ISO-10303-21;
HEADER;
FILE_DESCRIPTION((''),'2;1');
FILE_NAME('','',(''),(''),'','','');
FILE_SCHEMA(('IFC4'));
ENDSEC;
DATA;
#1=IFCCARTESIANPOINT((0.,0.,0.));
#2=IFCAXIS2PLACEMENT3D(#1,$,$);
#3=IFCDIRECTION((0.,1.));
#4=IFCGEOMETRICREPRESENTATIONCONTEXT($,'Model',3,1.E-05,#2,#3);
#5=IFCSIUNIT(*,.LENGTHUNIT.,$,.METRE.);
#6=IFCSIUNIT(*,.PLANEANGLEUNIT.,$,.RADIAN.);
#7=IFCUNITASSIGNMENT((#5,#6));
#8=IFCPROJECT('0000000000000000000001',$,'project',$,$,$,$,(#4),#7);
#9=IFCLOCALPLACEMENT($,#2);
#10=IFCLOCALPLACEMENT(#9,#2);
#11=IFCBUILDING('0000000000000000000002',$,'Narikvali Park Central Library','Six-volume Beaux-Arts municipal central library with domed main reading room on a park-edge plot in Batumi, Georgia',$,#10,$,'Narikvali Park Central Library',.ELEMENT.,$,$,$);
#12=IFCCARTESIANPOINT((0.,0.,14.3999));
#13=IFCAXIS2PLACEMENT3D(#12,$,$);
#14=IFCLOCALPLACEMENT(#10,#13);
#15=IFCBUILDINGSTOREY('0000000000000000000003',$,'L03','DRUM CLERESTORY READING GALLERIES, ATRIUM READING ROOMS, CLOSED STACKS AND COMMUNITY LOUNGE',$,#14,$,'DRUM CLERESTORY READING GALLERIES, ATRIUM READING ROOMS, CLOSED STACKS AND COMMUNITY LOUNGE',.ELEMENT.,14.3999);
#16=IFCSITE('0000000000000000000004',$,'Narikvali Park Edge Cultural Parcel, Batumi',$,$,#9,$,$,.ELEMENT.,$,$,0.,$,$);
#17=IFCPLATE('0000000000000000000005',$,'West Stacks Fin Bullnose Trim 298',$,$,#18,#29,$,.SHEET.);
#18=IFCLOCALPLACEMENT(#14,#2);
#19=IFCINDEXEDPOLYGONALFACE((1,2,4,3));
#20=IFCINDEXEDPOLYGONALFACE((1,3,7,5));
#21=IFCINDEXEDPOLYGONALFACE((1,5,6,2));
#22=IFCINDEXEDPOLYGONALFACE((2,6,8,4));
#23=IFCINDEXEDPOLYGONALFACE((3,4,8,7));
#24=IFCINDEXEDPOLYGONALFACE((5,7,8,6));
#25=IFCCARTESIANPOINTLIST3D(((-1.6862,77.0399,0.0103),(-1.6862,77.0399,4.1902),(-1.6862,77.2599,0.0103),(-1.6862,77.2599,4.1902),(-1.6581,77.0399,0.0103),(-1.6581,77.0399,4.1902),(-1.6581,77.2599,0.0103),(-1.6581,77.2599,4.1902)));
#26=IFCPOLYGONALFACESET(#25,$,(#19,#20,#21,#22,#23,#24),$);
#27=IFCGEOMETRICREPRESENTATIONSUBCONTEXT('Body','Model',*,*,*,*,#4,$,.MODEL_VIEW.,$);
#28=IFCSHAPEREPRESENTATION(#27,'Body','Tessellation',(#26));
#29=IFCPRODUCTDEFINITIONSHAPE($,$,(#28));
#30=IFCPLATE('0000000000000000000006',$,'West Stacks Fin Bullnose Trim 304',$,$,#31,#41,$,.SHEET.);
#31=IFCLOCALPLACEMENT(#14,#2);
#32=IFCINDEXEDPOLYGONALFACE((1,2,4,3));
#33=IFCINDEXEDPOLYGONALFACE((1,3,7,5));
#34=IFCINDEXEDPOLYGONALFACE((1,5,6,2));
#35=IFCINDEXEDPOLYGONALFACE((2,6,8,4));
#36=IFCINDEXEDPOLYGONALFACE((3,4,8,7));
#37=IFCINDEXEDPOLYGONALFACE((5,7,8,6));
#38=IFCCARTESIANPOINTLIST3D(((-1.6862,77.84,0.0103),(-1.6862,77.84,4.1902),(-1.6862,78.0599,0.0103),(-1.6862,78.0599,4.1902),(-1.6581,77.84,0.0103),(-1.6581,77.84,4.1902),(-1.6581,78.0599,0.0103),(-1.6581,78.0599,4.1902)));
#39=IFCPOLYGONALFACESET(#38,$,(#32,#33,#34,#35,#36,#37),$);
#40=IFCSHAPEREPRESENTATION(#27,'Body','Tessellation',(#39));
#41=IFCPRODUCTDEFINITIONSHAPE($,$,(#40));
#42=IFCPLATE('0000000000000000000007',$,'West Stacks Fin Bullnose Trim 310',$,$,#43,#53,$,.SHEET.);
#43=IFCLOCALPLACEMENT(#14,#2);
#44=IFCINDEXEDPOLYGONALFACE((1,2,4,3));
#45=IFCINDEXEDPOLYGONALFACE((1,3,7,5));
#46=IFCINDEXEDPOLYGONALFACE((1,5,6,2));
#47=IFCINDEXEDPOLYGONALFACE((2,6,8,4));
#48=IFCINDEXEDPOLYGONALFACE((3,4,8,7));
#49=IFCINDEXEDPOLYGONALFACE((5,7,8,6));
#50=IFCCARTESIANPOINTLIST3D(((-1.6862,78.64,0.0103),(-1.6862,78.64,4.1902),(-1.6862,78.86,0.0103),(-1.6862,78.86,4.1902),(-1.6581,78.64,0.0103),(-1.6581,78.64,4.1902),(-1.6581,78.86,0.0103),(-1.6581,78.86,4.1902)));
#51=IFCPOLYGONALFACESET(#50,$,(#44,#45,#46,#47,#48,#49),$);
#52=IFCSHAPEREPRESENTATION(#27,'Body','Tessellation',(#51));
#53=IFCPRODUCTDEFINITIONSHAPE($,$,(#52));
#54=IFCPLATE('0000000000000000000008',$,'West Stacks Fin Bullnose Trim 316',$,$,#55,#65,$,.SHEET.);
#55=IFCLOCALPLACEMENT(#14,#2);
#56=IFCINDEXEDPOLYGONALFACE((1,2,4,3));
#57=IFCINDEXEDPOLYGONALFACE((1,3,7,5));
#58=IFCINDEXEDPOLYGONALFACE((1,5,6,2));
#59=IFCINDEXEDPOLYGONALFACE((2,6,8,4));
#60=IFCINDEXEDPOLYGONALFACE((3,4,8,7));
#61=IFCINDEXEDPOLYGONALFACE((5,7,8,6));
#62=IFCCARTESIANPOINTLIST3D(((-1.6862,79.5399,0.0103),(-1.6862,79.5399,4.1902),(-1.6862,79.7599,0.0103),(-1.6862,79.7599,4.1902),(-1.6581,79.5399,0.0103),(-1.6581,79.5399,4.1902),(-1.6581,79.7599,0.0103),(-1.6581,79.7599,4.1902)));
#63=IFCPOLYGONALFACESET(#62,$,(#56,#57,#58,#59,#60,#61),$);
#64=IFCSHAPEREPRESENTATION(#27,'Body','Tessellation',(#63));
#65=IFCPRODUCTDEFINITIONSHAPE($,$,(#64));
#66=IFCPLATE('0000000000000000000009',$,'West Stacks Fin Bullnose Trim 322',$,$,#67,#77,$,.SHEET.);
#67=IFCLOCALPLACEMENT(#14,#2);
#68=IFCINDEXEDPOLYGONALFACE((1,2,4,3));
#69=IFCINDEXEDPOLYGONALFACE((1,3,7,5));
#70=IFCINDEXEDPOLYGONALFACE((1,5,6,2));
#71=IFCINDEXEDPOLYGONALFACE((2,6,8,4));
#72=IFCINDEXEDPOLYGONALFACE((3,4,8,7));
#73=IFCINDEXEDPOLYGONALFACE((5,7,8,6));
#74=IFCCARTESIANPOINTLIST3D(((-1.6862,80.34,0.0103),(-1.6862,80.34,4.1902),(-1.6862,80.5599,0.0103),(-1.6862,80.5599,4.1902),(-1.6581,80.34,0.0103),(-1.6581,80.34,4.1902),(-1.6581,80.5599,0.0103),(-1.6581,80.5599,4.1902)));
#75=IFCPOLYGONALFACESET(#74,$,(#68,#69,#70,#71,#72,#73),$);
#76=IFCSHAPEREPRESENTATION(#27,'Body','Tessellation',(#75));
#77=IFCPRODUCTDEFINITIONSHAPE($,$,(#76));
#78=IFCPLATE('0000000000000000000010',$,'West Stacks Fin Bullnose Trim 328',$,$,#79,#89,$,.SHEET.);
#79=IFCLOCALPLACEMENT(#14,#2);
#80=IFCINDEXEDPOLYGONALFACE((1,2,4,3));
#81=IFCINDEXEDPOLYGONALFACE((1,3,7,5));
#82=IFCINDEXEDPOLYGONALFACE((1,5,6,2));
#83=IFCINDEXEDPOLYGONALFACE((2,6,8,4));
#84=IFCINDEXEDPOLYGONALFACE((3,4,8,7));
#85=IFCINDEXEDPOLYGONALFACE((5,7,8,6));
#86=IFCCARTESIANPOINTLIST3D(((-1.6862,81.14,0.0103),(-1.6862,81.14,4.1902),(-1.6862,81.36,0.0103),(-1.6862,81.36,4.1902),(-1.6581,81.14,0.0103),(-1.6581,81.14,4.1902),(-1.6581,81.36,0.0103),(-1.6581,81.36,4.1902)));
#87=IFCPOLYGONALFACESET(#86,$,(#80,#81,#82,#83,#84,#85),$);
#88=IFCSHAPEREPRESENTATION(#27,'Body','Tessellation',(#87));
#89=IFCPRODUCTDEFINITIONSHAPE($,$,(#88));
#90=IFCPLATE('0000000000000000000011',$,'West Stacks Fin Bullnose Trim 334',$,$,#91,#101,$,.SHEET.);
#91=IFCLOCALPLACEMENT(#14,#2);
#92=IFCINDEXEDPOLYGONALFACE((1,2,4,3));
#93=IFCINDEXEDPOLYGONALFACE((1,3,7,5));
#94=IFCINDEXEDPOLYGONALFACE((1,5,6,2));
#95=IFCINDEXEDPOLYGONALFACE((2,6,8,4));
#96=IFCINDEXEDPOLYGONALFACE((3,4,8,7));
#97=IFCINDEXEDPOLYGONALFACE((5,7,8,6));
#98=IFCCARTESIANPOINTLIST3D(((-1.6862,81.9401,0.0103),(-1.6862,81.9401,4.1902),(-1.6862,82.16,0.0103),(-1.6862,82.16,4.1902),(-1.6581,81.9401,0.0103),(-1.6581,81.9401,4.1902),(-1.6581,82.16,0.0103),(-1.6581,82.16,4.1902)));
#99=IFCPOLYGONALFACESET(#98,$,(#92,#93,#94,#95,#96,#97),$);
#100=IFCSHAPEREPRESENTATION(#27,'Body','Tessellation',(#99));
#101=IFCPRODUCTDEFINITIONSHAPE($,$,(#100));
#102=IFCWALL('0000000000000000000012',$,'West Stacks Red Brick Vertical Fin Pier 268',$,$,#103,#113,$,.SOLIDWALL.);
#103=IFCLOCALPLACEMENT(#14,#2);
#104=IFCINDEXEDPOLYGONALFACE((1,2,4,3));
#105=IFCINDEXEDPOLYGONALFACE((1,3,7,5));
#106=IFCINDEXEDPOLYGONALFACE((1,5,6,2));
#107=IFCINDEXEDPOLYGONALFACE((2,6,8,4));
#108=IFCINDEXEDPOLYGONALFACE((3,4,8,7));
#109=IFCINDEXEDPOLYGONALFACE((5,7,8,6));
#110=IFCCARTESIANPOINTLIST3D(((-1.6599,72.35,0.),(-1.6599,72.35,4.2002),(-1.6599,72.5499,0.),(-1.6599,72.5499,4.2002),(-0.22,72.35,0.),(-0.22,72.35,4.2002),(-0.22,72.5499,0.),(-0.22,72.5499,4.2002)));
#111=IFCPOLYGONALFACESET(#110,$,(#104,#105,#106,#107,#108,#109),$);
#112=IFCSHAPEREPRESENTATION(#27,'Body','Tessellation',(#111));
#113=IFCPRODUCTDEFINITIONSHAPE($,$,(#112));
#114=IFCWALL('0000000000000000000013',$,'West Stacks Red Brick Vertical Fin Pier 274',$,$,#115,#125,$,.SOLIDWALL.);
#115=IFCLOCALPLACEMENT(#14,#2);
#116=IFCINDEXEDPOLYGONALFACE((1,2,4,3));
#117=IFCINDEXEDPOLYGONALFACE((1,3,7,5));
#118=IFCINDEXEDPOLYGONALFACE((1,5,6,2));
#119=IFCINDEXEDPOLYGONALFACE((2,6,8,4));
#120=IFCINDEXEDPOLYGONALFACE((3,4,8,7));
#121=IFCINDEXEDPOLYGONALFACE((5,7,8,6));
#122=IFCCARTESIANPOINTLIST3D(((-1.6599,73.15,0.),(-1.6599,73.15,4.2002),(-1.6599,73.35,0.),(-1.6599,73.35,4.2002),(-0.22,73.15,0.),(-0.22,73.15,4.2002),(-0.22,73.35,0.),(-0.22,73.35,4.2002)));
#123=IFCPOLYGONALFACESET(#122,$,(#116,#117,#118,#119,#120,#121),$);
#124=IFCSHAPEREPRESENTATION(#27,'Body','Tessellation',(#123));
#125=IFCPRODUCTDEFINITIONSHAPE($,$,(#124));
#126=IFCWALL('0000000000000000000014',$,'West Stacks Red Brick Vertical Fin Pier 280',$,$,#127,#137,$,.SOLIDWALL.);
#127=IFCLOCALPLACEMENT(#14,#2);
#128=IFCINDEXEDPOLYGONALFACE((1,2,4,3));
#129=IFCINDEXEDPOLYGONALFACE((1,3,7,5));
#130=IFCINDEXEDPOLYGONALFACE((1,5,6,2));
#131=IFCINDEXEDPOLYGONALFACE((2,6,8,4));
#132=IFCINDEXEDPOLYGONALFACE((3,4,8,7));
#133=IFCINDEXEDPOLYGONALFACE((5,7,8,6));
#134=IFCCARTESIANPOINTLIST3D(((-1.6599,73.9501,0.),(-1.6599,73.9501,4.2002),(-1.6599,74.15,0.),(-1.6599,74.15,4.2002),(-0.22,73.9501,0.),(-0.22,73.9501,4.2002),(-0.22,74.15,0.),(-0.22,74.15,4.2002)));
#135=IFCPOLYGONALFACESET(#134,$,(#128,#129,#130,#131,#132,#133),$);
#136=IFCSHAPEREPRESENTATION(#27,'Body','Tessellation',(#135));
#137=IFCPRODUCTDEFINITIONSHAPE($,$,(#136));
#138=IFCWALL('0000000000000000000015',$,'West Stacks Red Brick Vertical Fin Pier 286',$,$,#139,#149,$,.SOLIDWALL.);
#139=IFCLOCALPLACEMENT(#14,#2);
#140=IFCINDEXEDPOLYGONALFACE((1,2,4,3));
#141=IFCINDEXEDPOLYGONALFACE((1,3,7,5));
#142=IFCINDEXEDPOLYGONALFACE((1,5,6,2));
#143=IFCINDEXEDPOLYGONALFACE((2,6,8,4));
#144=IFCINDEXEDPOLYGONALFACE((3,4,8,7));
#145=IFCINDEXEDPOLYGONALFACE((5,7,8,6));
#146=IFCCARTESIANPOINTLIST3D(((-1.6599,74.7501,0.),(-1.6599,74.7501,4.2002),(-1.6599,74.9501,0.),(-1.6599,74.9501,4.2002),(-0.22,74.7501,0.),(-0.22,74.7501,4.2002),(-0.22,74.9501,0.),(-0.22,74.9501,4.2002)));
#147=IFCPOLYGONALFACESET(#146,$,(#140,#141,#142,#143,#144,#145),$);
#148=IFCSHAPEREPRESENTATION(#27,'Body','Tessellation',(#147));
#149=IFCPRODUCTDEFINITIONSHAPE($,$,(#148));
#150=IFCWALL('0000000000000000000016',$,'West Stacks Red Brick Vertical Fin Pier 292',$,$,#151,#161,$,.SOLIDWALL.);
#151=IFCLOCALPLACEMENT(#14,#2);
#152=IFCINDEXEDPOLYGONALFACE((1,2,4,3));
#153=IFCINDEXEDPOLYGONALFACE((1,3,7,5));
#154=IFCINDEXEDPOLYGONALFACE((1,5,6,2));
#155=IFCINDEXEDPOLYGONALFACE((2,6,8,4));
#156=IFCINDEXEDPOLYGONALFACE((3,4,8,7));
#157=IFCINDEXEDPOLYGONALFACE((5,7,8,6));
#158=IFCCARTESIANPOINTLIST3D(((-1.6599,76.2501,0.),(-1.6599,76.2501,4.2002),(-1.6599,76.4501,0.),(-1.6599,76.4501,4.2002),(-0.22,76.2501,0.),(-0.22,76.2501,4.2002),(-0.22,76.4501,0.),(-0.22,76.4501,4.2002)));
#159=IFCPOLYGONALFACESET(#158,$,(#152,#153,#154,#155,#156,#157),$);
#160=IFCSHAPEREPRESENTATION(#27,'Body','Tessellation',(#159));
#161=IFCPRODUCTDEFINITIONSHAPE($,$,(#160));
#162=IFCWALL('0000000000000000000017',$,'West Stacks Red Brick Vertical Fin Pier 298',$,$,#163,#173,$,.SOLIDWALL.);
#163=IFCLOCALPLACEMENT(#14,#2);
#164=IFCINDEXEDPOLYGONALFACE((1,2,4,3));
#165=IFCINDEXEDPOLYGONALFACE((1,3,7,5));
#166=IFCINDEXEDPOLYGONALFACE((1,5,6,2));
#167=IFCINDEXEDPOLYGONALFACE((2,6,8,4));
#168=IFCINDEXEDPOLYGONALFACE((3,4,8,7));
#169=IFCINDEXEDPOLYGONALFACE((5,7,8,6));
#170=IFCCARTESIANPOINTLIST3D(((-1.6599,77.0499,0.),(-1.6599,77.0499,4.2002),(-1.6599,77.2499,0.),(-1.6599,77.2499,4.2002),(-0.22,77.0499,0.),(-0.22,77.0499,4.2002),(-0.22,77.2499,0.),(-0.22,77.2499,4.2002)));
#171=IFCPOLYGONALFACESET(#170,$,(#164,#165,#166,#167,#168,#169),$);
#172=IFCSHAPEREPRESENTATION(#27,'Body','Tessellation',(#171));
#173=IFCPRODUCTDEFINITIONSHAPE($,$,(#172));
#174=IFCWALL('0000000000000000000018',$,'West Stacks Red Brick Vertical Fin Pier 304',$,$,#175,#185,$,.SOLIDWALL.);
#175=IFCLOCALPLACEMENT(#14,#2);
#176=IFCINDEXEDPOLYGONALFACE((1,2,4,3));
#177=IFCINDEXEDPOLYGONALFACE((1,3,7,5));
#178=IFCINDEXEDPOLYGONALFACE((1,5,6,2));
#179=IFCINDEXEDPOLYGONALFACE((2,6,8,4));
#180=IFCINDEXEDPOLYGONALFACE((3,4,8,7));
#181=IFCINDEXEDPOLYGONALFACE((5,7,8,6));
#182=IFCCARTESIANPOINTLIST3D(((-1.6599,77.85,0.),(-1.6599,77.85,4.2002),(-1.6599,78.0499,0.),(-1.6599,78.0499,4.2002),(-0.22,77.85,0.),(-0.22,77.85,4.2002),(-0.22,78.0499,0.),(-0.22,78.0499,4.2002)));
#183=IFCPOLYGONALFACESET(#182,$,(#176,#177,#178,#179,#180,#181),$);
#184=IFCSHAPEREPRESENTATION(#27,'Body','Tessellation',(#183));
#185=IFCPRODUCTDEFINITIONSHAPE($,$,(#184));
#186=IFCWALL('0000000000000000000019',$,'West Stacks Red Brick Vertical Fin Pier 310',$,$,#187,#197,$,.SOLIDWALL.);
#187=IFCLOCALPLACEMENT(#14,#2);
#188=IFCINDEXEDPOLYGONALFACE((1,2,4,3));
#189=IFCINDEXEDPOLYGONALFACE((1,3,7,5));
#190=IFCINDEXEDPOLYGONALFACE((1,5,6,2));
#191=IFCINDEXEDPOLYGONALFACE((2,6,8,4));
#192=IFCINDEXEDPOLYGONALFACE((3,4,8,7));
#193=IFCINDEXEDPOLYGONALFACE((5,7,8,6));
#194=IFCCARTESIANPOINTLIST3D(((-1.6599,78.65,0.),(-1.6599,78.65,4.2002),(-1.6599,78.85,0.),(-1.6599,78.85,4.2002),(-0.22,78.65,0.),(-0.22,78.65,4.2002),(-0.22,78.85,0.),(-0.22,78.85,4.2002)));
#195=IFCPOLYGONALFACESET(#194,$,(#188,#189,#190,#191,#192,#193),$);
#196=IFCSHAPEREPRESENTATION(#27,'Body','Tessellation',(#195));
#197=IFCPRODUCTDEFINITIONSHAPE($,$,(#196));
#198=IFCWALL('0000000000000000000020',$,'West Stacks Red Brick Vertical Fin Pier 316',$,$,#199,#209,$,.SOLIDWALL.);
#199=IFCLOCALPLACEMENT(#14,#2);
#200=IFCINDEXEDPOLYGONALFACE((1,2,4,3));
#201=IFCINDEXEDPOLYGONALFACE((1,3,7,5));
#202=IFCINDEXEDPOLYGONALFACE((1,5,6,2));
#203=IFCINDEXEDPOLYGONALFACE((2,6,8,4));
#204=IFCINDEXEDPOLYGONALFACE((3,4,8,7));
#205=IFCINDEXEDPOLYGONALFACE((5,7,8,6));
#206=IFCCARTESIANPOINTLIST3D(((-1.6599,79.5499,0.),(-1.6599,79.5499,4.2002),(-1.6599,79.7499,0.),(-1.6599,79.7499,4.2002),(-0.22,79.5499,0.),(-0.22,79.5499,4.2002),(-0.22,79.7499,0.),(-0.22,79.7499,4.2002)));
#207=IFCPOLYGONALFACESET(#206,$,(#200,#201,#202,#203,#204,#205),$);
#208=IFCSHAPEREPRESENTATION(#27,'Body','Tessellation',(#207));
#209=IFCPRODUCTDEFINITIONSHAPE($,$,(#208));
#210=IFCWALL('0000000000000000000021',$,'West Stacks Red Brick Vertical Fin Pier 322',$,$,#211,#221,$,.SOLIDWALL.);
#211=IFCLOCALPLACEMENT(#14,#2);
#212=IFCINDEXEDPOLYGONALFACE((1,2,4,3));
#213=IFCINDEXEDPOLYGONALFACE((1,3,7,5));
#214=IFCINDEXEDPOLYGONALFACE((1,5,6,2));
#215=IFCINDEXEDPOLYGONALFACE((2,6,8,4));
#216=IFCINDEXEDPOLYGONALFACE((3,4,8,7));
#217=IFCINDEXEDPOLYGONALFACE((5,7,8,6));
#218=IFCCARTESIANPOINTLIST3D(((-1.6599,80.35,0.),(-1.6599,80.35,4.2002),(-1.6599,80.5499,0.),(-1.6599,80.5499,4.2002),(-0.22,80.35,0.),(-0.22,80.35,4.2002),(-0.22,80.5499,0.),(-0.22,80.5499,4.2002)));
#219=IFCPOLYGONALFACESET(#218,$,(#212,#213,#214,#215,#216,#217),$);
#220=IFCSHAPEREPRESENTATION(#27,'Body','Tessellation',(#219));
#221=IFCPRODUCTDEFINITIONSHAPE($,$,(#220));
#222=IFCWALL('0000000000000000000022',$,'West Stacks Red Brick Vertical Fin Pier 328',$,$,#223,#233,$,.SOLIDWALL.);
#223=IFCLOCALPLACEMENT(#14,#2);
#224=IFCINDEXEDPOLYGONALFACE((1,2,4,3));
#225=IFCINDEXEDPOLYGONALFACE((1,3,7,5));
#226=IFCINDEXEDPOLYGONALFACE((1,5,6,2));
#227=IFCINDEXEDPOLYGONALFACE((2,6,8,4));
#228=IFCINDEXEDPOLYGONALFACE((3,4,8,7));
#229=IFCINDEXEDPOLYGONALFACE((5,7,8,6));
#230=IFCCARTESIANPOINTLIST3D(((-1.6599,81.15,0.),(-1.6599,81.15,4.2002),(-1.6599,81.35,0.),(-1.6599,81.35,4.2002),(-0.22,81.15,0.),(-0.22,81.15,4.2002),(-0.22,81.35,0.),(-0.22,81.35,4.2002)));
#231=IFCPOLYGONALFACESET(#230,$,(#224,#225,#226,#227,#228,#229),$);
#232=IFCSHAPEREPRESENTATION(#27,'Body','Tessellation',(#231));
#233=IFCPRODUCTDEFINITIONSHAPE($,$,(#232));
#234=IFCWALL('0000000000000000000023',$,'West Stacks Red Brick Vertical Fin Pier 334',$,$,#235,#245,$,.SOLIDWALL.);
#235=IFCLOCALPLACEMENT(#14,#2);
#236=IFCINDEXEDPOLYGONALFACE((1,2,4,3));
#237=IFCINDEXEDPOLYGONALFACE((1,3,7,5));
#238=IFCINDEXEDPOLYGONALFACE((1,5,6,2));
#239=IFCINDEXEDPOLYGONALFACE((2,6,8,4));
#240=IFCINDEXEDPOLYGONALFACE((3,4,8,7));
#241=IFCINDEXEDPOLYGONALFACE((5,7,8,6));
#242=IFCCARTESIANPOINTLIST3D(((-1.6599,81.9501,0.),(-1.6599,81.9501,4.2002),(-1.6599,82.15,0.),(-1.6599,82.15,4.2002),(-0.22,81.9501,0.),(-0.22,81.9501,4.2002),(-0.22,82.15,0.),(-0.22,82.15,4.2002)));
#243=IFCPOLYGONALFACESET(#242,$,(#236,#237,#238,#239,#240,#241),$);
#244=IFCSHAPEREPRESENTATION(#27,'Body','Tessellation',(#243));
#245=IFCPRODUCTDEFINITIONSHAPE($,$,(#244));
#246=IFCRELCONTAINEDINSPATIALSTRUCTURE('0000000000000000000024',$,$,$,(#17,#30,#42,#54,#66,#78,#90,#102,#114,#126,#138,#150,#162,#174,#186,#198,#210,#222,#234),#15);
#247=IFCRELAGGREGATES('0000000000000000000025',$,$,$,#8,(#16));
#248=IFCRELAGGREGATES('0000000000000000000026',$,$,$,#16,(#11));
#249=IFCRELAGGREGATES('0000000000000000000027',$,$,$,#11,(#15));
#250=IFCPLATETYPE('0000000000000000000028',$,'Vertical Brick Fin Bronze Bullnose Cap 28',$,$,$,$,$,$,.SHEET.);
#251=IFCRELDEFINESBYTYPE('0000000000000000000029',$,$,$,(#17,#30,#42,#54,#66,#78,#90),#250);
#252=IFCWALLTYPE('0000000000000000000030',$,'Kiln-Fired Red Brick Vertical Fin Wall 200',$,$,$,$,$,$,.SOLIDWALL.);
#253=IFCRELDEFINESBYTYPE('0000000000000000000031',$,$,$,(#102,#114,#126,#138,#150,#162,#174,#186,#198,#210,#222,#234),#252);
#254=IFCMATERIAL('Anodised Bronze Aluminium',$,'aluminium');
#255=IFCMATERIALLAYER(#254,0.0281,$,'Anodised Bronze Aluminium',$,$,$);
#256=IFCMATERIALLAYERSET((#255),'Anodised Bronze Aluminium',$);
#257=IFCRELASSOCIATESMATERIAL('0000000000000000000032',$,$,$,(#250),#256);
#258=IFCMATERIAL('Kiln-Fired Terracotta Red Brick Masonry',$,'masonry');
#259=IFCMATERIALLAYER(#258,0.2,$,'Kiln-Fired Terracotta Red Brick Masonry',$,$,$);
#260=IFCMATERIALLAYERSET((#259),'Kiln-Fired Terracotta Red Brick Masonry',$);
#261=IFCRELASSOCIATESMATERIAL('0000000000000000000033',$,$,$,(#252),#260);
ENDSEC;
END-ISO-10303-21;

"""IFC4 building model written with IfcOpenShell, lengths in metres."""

from ifc_helpers import new_model, si_unit, direction, frame, frame_2d, origin, origin_2d, place, context, subcontext, project, spatial, rectangle, extrude, material, layer, layer_set, type_object, element, save


model = new_model("IFC4")

# Units and contexts
model_context = context("Model", 3, precision=1e-05, world=origin(), true_north=direction((0.0, 1.0)))
body_context = subcontext(model_context, "Body", "Model", "MODEL_VIEW")
ifc_project = project(units=[si_unit("LENGTHUNIT", "METRE"), si_unit("PLANEANGLEUNIT", "RADIAN")], contexts=[model_context])

# Site, building, storey
site_placement = place(None, origin())
site = spatial("IfcSite", under=ifc_project, at=site_placement, Name="Narikvali Park Edge Cultural Parcel, Batumi", CompositionType="ELEMENT", RefElevation=0.0)
building_placement = place(site_placement, origin())
building = spatial("IfcBuilding", under=site, at=building_placement, Name="Narikvali Park Central Library", Description="Six-volume Beaux-Arts municipal central library with domed main reading room on a park-edge plot in Batumi, Georgia", LongName="Narikvali Park Central Library", CompositionType="ELEMENT")
storey_placement = place(building_placement, frame((0.0, 0.0, 14.3999)))
storey = spatial("IfcBuildingStorey", under=building, at=storey_placement, Name="L03", Description="DRUM CLERESTORY READING GALLERIES, ATRIUM READING ROOMS, CLOSED STACKS AND COMMUNITY LOUNGE", LongName="DRUM CLERESTORY READING GALLERIES, ATRIUM READING ROOMS, CLOSED STACKS AND COMMUNITY LOUNGE", CompositionType="ELEMENT", Elevation=14.3999)

# Plates
ifc_material_1 = material(Name="Anodised Bronze Aluminium", Category="aluminium")
ifc_layer_1 = layer(ifc_material_1, 0.0281, Name="Anodised Bronze Aluminium")
ifc_layer_set_1 = layer_set([ifc_layer_1], Name="Anodised Bronze Aluminium")
plate_type = type_object("IfcPlateType", Name="Vertical Brick Fin Bronze Bullnose Cap 28", PredefinedType="SHEET", material=ifc_layer_set_1)
for number, where, z_axis, x_axis, name in (
    (1, (-1.6721, 77.1499, 0.0103), (0.0, 0.0, 1.0), (1.0, 0.0, 0.0), "West Stacks Fin Bullnose Trim 298"),
    (2, (-1.6721, 77.95, 0.0103), (0.0, 0.0, 1.0), (1.0, 0.0, 0.0), "West Stacks Fin Bullnose Trim 304"),
    (3, (-1.6721, 78.75, 0.0103), (0.0, 0.0, 1.0), (1.0, 0.0, 0.0), "West Stacks Fin Bullnose Trim 310"),
    (4, (-1.6721, 79.6499, 0.0103), (0.0, 0.0, 1.0), (1.0, 0.0, 0.0), "West Stacks Fin Bullnose Trim 316"),
    (5, (-1.6721, 80.45, 0.0103), (0.0, 0.0, 1.0), (1.0, 0.0, 0.0), "West Stacks Fin Bullnose Trim 322"),
    (6, (-1.6721, 81.25, 0.0103), (0.0, 0.0, 1.0), (1.0, 0.0, 0.0), "West Stacks Fin Bullnose Trim 328"),
    (7, (-1.6721, 82.05, 0.0103), (0.0, 0.0, 1.0), (1.0, 0.0, 0.0), "West Stacks Fin Bullnose Trim 334"),
):
    element("IfcPlate", number, at=place(storey_placement, frame(where, z_axis=z_axis, x_axis=x_axis)), inside=storey, type_object=plate_type, Name=name, PredefinedType="SHEET", context=body_context, shape_type="SweptSolid", body=[
        extrude(rectangle(XDim=0.0281, YDim=0.22, at=origin_2d()), origin(), (0.0, 0.0, 1.0), 4.1799),
    ])

# Walls
ifc_material_2 = material(Name="Kiln-Fired Terracotta Red Brick Masonry", Category="masonry")
ifc_layer_2 = layer(ifc_material_2, 0.2, Name="Kiln-Fired Terracotta Red Brick Masonry")
ifc_layer_set_2 = layer_set([ifc_layer_2], Name="Kiln-Fired Terracotta Red Brick Masonry")
wall_type_1 = type_object("IfcWallType", Name="Kiln-Fired Red Brick Vertical Fin Wall 200", PredefinedType="SOLIDWALL", material=ifc_layer_set_2)
for number, where, z_axis, x_axis, name in (
    (8, (-1.6599, 72.45, 0.0), (0.0, 0.0, 1.0), (1.0, 0.0, 0.0), "West Stacks Red Brick Vertical Fin Pier 268"),
    (9, (-1.6599, 73.25, 0.0), (0.0, 0.0, 1.0), (1.0, 0.0, 0.0), "West Stacks Red Brick Vertical Fin Pier 274"),
    (10, (-1.6599, 74.05, 0.0), (0.0, 0.0, 1.0), (1.0, 0.0, 0.0), "West Stacks Red Brick Vertical Fin Pier 280"),
    (11, (-1.6599, 74.8501, 0.0), (0.0, 0.0, 1.0), (1.0, 0.0, 0.0), "West Stacks Red Brick Vertical Fin Pier 286"),
    (12, (-1.6599, 76.3501, 0.0), (0.0, 0.0, 1.0), (1.0, 0.0, 0.0), "West Stacks Red Brick Vertical Fin Pier 292"),
    (13, (-1.6599, 77.1499, 0.0), (0.0, 0.0, 1.0), (1.0, 0.0, 0.0), "West Stacks Red Brick Vertical Fin Pier 298"),
    (14, (-1.6599, 77.95, 0.0), (0.0, 0.0, 1.0), (1.0, 0.0, 0.0), "West Stacks Red Brick Vertical Fin Pier 304"),
    (15, (-1.6599, 78.75, 0.0), (0.0, 0.0, 1.0), (1.0, 0.0, 0.0), "West Stacks Red Brick Vertical Fin Pier 310"),
    (16, (-1.6599, 79.6499, 0.0), (0.0, 0.0, 1.0), (1.0, 0.0, 0.0), "West Stacks Red Brick Vertical Fin Pier 316"),
    (17, (-1.6599, 80.45, 0.0), (0.0, 0.0, 1.0), (1.0, 0.0, 0.0), "West Stacks Red Brick Vertical Fin Pier 322"),
    (18, (-1.6599, 81.25, 0.0), (0.0, 0.0, 1.0), (1.0, 0.0, 0.0), "West Stacks Red Brick Vertical Fin Pier 328"),
    (19, (-1.6599, 82.05, 0.0), (0.0, 0.0, 1.0), (1.0, 0.0, 0.0), "West Stacks Red Brick Vertical Fin Pier 334"),
):
    element("IfcWall", number, at=place(storey_placement, frame(where, z_axis=z_axis, x_axis=x_axis)), inside=storey, type_object=wall_type_1, Name=name, PredefinedType="SOLIDWALL", context=body_context, shape_type="SweptSolid", body=[
        extrude(rectangle(XDim=1.4399, YDim=0.2, at=frame_2d((0.72, 0.0))), origin(), (0.0, 0.0, 1.0), 4.2002),
    ])

save(model, "model.ifc")
